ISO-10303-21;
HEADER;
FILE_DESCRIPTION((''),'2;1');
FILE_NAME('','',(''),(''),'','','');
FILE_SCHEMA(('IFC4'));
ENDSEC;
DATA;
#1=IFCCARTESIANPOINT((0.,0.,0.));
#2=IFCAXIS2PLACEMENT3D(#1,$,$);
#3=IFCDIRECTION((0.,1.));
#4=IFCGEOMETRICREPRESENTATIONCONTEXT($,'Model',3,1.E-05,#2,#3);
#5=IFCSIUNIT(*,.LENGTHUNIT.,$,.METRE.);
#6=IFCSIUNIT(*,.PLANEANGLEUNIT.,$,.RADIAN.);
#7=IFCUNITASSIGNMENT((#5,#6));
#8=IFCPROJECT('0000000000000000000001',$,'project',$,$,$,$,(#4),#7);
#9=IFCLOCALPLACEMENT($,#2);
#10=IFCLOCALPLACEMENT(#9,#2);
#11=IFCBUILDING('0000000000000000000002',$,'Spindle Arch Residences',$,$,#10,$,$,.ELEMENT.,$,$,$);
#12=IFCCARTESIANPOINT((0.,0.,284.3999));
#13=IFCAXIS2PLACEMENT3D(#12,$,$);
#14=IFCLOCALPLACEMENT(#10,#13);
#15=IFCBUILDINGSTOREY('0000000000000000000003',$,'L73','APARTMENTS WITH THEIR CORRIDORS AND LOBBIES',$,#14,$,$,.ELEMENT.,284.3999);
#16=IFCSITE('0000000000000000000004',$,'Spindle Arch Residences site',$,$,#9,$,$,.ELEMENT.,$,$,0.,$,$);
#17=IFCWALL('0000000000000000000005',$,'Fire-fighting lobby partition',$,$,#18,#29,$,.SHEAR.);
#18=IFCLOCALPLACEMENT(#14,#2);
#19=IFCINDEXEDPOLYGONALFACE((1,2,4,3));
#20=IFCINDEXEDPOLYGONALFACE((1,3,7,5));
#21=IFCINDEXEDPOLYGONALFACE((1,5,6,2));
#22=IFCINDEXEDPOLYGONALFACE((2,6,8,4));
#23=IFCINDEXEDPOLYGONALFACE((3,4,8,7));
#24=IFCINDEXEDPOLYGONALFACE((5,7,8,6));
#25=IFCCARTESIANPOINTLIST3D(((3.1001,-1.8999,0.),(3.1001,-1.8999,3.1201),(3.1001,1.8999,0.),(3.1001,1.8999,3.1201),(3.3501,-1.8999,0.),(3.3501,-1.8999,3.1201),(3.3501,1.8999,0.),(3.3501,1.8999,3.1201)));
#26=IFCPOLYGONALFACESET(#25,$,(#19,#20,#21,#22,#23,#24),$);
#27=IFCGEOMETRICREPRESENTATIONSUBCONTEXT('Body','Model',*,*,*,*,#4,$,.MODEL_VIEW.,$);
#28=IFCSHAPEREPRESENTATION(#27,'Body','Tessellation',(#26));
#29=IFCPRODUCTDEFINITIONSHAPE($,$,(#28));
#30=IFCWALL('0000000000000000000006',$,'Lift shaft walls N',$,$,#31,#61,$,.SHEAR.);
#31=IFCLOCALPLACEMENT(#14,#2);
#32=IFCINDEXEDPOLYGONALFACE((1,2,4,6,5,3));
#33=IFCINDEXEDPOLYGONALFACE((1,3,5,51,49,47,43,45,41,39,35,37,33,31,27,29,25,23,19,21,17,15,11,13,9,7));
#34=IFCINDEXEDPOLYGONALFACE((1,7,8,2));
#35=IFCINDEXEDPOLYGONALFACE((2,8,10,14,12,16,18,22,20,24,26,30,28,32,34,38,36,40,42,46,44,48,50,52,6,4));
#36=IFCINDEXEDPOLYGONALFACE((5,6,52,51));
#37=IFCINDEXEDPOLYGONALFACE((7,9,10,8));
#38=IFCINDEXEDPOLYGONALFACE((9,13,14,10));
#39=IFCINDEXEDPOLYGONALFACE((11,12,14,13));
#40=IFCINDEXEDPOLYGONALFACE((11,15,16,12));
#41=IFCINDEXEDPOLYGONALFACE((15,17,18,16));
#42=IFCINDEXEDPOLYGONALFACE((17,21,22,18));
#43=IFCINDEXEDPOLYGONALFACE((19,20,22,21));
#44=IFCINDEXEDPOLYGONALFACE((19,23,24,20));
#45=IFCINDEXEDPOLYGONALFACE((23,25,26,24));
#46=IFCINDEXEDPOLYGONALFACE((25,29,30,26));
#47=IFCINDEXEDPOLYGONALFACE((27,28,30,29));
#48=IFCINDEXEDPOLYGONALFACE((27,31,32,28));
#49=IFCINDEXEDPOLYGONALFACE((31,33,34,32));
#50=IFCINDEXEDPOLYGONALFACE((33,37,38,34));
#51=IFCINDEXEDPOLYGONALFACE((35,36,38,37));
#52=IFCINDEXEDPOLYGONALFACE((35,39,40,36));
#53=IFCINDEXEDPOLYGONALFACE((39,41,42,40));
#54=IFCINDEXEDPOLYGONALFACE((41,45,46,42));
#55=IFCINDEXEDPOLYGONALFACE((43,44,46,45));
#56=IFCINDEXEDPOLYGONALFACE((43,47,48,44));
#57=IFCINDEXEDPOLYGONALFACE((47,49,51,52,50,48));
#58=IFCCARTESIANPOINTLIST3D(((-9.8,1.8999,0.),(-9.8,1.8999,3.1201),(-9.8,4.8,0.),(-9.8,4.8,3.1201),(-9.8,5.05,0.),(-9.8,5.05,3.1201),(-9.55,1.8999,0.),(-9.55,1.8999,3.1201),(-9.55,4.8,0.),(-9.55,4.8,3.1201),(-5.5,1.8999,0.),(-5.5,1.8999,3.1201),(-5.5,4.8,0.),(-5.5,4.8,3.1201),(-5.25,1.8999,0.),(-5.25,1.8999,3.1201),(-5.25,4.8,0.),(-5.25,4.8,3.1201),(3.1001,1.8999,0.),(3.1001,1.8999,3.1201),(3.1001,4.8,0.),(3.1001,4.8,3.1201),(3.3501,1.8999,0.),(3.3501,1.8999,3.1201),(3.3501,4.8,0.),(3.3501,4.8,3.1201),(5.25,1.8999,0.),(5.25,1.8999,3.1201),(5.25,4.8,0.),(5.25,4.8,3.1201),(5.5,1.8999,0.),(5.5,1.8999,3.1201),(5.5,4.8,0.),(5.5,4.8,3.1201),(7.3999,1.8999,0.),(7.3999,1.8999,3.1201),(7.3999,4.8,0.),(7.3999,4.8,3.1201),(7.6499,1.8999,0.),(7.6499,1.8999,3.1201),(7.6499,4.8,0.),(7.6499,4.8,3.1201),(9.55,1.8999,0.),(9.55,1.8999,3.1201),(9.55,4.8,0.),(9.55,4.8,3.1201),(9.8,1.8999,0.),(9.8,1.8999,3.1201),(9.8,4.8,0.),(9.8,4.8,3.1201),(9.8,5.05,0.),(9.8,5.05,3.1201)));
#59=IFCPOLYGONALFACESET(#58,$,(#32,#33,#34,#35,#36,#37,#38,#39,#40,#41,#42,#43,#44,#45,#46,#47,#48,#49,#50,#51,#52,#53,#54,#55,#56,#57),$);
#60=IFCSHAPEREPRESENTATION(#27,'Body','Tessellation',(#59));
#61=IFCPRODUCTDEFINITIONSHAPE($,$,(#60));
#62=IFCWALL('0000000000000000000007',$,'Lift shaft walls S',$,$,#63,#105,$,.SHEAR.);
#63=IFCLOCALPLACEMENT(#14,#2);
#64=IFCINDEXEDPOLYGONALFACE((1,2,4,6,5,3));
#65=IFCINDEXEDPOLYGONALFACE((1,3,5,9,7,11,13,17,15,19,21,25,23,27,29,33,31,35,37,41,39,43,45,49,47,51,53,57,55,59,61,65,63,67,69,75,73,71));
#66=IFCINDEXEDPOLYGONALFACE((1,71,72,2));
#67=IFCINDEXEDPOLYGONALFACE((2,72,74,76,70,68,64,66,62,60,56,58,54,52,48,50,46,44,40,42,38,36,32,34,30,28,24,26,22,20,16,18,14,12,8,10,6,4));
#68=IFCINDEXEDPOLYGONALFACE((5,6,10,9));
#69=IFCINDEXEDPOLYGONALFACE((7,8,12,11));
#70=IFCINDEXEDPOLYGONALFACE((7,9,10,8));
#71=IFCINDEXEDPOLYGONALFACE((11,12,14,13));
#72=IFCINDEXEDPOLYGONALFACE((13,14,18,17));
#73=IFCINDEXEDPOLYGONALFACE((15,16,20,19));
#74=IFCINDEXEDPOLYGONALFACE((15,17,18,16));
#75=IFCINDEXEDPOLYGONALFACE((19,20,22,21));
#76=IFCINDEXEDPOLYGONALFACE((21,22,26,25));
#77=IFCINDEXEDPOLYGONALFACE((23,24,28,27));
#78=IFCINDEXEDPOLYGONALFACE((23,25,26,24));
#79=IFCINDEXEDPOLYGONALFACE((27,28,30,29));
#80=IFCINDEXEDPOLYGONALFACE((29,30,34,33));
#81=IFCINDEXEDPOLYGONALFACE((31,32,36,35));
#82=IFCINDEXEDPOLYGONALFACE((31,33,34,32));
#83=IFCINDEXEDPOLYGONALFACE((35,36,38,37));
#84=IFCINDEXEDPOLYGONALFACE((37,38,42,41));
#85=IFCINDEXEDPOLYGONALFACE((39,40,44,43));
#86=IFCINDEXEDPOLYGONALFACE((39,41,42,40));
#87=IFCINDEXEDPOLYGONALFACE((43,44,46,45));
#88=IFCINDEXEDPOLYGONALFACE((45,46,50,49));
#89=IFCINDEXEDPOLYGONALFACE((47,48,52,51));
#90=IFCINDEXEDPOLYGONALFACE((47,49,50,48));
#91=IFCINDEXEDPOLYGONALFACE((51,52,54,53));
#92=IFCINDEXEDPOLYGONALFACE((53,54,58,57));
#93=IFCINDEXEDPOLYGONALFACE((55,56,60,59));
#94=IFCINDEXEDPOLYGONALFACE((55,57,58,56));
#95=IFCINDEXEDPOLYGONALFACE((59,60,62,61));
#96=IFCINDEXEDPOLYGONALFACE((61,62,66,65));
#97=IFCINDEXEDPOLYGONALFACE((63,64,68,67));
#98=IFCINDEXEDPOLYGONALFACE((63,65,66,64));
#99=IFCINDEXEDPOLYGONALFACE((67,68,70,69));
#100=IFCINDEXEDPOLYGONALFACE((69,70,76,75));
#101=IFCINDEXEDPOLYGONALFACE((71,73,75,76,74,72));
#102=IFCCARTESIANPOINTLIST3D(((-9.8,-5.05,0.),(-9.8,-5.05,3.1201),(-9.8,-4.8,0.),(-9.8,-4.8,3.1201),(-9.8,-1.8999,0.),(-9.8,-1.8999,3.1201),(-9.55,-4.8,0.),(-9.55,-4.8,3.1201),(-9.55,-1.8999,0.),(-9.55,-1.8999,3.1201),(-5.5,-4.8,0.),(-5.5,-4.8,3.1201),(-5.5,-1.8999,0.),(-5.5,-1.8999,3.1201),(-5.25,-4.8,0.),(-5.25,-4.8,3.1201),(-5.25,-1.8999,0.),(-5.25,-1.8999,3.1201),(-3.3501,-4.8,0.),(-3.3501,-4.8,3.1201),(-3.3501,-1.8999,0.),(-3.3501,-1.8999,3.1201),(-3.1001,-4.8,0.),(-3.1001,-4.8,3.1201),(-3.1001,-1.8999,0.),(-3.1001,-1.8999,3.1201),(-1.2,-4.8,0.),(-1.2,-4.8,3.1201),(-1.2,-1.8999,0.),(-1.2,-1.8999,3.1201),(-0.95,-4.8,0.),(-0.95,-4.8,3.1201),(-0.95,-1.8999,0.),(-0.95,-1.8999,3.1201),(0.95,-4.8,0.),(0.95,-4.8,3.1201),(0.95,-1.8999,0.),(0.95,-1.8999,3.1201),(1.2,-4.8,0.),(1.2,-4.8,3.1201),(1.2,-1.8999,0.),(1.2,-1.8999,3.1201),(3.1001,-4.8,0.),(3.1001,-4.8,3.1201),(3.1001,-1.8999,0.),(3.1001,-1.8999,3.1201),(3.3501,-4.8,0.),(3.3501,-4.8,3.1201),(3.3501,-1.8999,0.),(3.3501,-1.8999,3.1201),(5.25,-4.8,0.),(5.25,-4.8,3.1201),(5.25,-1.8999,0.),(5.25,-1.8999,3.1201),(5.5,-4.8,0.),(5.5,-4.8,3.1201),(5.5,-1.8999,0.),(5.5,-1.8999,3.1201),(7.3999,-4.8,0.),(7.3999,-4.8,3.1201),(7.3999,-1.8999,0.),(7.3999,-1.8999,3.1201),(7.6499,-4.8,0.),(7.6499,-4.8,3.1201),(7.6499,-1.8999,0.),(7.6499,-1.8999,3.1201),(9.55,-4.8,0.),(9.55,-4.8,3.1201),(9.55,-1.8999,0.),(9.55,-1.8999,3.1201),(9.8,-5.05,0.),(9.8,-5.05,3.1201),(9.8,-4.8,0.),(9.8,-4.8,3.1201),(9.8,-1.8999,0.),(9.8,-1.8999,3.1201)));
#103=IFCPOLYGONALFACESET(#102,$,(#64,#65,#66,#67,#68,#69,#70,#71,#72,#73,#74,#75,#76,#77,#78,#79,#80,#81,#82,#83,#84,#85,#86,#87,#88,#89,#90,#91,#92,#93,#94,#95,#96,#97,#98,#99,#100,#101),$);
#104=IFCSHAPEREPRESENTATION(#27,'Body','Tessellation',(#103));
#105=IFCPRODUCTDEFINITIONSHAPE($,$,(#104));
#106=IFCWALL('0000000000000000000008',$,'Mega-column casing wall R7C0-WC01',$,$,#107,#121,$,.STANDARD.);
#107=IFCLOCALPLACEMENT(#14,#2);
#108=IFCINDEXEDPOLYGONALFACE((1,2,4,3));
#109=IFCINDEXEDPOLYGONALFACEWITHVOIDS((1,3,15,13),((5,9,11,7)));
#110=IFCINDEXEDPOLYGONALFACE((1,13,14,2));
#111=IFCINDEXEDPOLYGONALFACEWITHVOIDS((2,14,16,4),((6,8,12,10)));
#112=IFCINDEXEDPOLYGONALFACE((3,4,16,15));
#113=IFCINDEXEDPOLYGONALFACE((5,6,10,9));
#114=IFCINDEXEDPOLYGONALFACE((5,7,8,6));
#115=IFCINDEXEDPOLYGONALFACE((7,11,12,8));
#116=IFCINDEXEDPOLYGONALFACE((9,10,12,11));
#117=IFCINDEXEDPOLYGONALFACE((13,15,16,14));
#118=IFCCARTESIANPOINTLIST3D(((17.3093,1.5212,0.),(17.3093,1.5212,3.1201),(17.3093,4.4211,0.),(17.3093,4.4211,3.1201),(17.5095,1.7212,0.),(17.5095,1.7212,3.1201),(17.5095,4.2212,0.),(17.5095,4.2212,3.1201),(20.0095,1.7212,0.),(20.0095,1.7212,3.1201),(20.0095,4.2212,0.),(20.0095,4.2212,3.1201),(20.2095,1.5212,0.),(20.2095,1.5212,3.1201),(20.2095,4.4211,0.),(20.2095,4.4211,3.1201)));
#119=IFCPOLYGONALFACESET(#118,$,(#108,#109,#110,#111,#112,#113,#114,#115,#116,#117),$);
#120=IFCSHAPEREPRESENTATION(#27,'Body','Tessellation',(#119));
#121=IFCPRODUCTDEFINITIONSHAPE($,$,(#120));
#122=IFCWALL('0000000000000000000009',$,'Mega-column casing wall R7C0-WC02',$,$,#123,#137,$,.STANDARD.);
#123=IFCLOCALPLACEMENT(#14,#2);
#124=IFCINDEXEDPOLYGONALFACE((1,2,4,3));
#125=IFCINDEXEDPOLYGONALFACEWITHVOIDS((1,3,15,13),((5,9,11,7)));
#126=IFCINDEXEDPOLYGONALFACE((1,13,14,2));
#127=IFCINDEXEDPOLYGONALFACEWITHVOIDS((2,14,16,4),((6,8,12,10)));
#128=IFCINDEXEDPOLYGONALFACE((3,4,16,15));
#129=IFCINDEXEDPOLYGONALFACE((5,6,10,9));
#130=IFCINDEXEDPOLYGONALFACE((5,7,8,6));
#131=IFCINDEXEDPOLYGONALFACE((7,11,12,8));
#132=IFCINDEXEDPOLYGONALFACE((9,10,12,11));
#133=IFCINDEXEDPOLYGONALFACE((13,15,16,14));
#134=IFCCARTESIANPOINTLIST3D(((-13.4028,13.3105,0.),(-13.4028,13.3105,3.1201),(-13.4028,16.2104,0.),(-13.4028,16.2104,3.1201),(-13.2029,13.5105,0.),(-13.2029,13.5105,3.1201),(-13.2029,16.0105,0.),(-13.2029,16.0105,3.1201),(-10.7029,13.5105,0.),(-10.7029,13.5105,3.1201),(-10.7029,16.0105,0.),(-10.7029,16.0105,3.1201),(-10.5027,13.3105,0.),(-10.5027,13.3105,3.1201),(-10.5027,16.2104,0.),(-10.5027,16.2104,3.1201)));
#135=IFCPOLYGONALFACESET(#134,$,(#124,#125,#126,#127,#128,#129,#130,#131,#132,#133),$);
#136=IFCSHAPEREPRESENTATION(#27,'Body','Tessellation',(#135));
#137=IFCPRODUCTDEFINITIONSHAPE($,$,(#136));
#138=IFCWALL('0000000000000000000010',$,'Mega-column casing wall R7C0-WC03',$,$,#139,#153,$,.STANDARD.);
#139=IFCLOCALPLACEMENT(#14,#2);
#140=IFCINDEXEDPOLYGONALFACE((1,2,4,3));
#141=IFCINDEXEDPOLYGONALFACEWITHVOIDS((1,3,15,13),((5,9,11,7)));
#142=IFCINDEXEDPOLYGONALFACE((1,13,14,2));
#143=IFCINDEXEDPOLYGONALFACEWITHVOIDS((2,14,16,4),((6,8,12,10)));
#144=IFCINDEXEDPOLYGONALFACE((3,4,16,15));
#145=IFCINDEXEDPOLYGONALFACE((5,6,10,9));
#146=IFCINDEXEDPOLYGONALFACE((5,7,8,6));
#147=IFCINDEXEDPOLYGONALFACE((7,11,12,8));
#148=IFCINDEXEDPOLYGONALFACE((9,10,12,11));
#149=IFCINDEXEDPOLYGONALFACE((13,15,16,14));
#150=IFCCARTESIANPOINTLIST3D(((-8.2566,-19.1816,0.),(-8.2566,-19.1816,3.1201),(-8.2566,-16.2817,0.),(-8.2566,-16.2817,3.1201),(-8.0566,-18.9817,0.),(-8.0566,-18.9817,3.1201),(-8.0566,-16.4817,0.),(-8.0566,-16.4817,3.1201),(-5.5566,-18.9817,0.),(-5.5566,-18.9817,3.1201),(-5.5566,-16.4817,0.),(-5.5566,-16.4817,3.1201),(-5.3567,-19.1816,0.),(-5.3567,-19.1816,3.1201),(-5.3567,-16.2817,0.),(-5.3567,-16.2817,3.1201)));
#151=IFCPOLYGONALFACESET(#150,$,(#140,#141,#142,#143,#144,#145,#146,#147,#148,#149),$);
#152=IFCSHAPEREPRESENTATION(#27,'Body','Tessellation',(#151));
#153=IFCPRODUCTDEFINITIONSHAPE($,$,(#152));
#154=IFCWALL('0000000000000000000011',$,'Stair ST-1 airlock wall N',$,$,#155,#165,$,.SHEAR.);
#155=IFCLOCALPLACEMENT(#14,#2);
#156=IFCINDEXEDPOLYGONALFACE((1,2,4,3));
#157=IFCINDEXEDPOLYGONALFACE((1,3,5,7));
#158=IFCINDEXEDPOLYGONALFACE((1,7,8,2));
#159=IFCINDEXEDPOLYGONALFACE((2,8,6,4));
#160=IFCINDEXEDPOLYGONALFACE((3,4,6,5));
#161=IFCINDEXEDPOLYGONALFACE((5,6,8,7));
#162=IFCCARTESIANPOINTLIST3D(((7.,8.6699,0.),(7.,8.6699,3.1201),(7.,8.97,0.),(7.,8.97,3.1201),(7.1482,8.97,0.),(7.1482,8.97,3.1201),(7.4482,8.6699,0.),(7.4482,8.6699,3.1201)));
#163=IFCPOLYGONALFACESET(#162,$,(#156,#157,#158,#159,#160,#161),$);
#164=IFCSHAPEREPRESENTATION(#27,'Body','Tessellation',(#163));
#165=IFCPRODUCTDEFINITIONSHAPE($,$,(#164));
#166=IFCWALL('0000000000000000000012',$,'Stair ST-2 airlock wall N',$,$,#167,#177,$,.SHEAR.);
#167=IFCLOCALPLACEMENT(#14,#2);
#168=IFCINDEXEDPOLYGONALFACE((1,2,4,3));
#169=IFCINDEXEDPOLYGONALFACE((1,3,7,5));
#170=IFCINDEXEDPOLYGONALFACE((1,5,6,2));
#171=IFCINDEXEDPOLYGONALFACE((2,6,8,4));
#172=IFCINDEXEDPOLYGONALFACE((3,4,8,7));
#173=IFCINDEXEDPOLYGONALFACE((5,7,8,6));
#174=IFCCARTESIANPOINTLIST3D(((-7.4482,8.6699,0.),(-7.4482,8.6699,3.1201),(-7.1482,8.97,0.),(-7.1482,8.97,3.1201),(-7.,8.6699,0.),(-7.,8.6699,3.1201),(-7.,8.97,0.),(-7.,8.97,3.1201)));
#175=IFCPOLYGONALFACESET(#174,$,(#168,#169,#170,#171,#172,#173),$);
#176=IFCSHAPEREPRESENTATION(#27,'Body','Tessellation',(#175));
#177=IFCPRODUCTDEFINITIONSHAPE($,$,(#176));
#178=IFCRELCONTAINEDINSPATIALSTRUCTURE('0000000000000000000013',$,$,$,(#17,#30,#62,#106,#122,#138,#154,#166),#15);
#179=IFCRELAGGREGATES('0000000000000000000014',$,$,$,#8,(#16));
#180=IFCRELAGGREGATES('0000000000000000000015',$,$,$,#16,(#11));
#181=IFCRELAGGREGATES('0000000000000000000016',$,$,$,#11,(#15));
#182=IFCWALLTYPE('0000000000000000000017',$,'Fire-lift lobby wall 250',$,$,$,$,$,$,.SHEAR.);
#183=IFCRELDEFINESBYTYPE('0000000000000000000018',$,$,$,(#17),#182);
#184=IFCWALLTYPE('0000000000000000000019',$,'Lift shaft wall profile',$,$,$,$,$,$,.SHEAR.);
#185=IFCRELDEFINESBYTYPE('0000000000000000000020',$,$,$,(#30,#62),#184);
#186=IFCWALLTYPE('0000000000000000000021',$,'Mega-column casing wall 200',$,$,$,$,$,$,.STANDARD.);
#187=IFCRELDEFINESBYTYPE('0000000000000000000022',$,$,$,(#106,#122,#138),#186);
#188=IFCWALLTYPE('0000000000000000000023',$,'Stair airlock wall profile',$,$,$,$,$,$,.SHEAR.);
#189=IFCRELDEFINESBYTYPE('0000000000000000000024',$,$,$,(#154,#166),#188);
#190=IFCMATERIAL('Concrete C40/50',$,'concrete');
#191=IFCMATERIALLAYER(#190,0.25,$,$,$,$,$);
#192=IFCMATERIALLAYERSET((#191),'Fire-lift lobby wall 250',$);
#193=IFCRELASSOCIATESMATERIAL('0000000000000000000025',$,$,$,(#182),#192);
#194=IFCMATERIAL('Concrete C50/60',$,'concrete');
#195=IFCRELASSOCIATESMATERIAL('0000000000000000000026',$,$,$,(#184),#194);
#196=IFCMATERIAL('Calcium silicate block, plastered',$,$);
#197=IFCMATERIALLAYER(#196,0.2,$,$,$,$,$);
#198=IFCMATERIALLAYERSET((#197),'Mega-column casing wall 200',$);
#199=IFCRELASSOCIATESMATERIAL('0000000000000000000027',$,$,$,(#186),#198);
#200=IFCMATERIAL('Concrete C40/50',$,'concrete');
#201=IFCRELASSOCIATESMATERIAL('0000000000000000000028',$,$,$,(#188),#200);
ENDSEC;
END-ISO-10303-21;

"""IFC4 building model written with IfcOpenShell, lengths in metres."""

from ifc_helpers import new_model, si_unit, direction, frame, frame_2d, origin, place, context, subcontext, project, spatial, polyline, rectangle, outline, extrude, material, layer, layer_set, type_object, element, save


model = new_model("IFC4")

# Units and contexts
model_context = context("Model", 3, precision=1e-05, world=origin(), true_north=direction((0.0, 1.0)))
body_context = subcontext(model_context, "Body", "Model", "MODEL_VIEW")
ifc_project = project(units=[si_unit("LENGTHUNIT", "METRE"), si_unit("PLANEANGLEUNIT", "RADIAN")], contexts=[model_context])

# Site, building, storey
site_placement = place(None, origin())
site = spatial("IfcSite", under=ifc_project, at=site_placement, Name="Spindle Arch Residences site", CompositionType="ELEMENT", RefElevation=0.0)
building_placement = place(site_placement, origin())
building = spatial("IfcBuilding", under=site, at=building_placement, Name="Spindle Arch Residences", CompositionType="ELEMENT")
storey_placement = place(building_placement, frame((0.0, 0.0, 284.3999)))
storey = spatial("IfcBuildingStorey", under=building, at=storey_placement, Name="L73", Description="APARTMENTS WITH THEIR CORRIDORS AND LOBBIES", CompositionType="ELEMENT", Elevation=284.3999)

# Wall
ifc_material_1 = material(Name="Concrete C40/50", Category="concrete")
ifc_layer_1 = layer(ifc_material_1, 0.25)
ifc_layer_set_1 = layer_set([ifc_layer_1], Name="Fire-lift lobby wall 250")
wall_type_1 = type_object("IfcWallType", Name="Fire-lift lobby wall 250", PredefinedType="SHEAR", material=ifc_layer_set_1)
wall_1_placement = place(storey_placement, frame((3.2251, -1.8999, 0.0), z_axis=(0.0, 0.0, 1.0), x_axis=(0.0, 1.0, 0.0)))
element("IfcWall", 1, at=wall_1_placement, inside=storey, type_object=wall_type_1, Name="Fire-fighting lobby partition", PredefinedType="SHEAR", context=body_context, shape_type="SweptSolid", body=[
    extrude(rectangle(XDim=3.7998, YDim=0.25, at=frame_2d((1.8999, 0.0))), origin(), (0.0, 0.0, 1.0), 3.1201),
])

# Walls
ifc_material_2 = material(Name="Concrete C50/60", Category="concrete")
wall_type_2 = type_object("IfcWallType", Name="Lift shaft wall profile", PredefinedType="SHEAR", material=ifc_material_2)
wall_2_placement = place(storey_placement, origin())
element("IfcWall", 2, at=wall_2_placement, inside=storey, type_object=wall_type_2, Name="Lift shaft walls N", PredefinedType="SHEAR", context=body_context, shape_type="SweptSolid", body=[
    extrude(outline(polyline([(-9.8, 1.8999), (-9.55, 1.8999), (-9.55, 4.8), (-5.5, 4.8), (-5.5, 1.8999), (-5.25, 1.8999), (-5.25, 4.8), (3.1001, 4.8), (3.1001, 1.8999), (3.3501, 1.8999), (3.3501, 4.8), (5.25, 4.8), (5.25, 1.8999), (5.5, 1.8999), (5.5, 4.8), (7.3999, 4.8), (7.3999, 1.8999), (7.6499, 1.8999), (7.6499, 4.8), (9.55, 4.8), (9.55, 1.8999), (9.8, 1.8999), (9.8, 4.8), (9.8, 5.05), (-9.8, 5.05), (-9.8, 4.8), (-9.8, 1.8999)])), origin(), (0.0, 0.0, 1.0), 3.1201),
])
wall_3_placement = place(storey_placement, origin())
element("IfcWall", 3, at=wall_3_placement, inside=storey, type_object=wall_type_2, Name="Lift shaft walls S", PredefinedType="SHEAR", context=body_context, shape_type="SweptSolid", body=[
    extrude(outline(polyline([(9.8, -5.05), (9.8, -4.8), (9.8, -1.8999), (9.55, -1.8999), (9.55, -4.8), (7.6499, -4.8), (7.6499, -1.8999), (7.3999, -1.8999), (7.3999, -4.8), (5.5, -4.8), (5.5, -1.8999), (5.25, -1.8999), (5.25, -4.8), (3.3501, -4.8), (3.3501, -1.8999), (3.1001, -1.8999), (3.1001, -4.8), (1.2, -4.8), (1.2, -1.8999), (0.95, -1.8999), (0.95, -4.8), (-0.95, -4.8), (-0.95, -1.8999), (-1.2, -1.8999), (-1.2, -4.8), (-3.1001, -4.8), (-3.1001, -1.8999), (-3.3501, -1.8999), (-3.3501, -4.8), (-5.25, -4.8), (-5.25, -1.8999), (-5.5, -1.8999), (-5.5, -4.8), (-9.55, -4.8), (-9.55, -1.8999), (-9.8, -1.8999), (-9.8, -4.8), (-9.8, -5.05), (9.8, -5.05)])), origin(), (0.0, 0.0, 1.0), 3.1201),
])
ifc_material_3 = material(Name="Calcium silicate block, plastered")
ifc_layer_2 = layer(ifc_material_3, 0.2)
ifc_layer_set_2 = layer_set([ifc_layer_2], Name="Mega-column casing wall 200")
wall_type_3 = type_object("IfcWallType", Name="Mega-column casing wall 200", PredefinedType="STANDARD", material=ifc_layer_set_2)
wall_4_placement = place(storey_placement, origin())
element("IfcWall", 4, at=wall_4_placement, inside=storey, type_object=wall_type_3, Name="Mega-column casing wall R7C0-WC01", PredefinedType="STANDARD", context=body_context, shape_type="SweptSolid", body=[
    extrude(outline(polyline([(20.2095, 4.4211), (20.2095, 1.5212), (17.3093, 1.5212), (17.3093, 4.4211), (20.2095, 4.4211)]), holes=[polyline([(17.5095, 1.7212), (20.0095, 1.7212), (20.0095, 4.2212), (17.5095, 4.2212), (17.5095, 1.7212)])]), origin(), (0.0, 0.0, 1.0), 3.1201),
])
wall_5_placement = place(storey_placement, origin())
element("IfcWall", 5, at=wall_5_placement, inside=storey, type_object=wall_type_3, Name="Mega-column casing wall R7C0-WC02", PredefinedType="STANDARD", context=body_context, shape_type="SweptSolid", body=[
    extrude(outline(polyline([(-10.5027, 16.2104), (-10.5027, 13.3105), (-13.4028, 13.3105), (-13.4028, 16.2104), (-10.5027, 16.2104)]), holes=[polyline([(-13.2029, 13.5105), (-10.7029, 13.5105), (-10.7029, 16.0105), (-13.2029, 16.0105), (-13.2029, 13.5105)])]), origin(), (0.0, 0.0, 1.0), 3.1201),
])
wall_6_placement = place(storey_placement, origin())
element("IfcWall", 6, at=wall_6_placement, inside=storey, type_object=wall_type_3, Name="Mega-column casing wall R7C0-WC03", PredefinedType="STANDARD", context=body_context, shape_type="SweptSolid", body=[
    extrude(outline(polyline([(-5.3567, -16.2817), (-5.3567, -19.1816), (-8.2566, -19.1816), (-8.2566, -16.2817), (-5.3567, -16.2817)]), holes=[polyline([(-8.0566, -18.9817), (-5.5566, -18.9817), (-5.5566, -16.4817), (-8.0566, -16.4817), (-8.0566, -18.9817)])]), origin(), (0.0, 0.0, 1.0), 3.1201),
])
ifc_material_4 = material(Name="Concrete C40/50", Category="concrete")
wall_type_4 = type_object("IfcWallType", Name="Stair airlock wall profile", PredefinedType="SHEAR", material=ifc_material_4)
wall_7_placement = place(storey_placement, origin())
element("IfcWall", 7, at=wall_7_placement, inside=storey, type_object=wall_type_4, Name="Stair ST-1 airlock wall N", PredefinedType="SHEAR", context=body_context, shape_type="SweptSolid", body=[
    extrude(outline(polyline([(7.4482, 8.6699), (7.0, 8.6699), (7.0, 8.97), (7.1482, 8.97), (7.4482, 8.6699)])), origin(), (0.0, 0.0, 1.0), 3.1201),
])
wall_8_placement = place(storey_placement, origin())
element("IfcWall", 8, at=wall_8_placement, inside=storey, type_object=wall_type_4, Name="Stair ST-2 airlock wall N", PredefinedType="SHEAR", context=body_context, shape_type="SweptSolid", body=[
    extrude(outline(polyline([(-7.1482, 8.97), (-7.0, 8.97), (-7.0, 8.6699), (-7.4482, 8.6699), (-7.1482, 8.97)])), origin(), (0.0, 0.0, 1.0), 3.1201),
])

save(model, "model.ifc")
